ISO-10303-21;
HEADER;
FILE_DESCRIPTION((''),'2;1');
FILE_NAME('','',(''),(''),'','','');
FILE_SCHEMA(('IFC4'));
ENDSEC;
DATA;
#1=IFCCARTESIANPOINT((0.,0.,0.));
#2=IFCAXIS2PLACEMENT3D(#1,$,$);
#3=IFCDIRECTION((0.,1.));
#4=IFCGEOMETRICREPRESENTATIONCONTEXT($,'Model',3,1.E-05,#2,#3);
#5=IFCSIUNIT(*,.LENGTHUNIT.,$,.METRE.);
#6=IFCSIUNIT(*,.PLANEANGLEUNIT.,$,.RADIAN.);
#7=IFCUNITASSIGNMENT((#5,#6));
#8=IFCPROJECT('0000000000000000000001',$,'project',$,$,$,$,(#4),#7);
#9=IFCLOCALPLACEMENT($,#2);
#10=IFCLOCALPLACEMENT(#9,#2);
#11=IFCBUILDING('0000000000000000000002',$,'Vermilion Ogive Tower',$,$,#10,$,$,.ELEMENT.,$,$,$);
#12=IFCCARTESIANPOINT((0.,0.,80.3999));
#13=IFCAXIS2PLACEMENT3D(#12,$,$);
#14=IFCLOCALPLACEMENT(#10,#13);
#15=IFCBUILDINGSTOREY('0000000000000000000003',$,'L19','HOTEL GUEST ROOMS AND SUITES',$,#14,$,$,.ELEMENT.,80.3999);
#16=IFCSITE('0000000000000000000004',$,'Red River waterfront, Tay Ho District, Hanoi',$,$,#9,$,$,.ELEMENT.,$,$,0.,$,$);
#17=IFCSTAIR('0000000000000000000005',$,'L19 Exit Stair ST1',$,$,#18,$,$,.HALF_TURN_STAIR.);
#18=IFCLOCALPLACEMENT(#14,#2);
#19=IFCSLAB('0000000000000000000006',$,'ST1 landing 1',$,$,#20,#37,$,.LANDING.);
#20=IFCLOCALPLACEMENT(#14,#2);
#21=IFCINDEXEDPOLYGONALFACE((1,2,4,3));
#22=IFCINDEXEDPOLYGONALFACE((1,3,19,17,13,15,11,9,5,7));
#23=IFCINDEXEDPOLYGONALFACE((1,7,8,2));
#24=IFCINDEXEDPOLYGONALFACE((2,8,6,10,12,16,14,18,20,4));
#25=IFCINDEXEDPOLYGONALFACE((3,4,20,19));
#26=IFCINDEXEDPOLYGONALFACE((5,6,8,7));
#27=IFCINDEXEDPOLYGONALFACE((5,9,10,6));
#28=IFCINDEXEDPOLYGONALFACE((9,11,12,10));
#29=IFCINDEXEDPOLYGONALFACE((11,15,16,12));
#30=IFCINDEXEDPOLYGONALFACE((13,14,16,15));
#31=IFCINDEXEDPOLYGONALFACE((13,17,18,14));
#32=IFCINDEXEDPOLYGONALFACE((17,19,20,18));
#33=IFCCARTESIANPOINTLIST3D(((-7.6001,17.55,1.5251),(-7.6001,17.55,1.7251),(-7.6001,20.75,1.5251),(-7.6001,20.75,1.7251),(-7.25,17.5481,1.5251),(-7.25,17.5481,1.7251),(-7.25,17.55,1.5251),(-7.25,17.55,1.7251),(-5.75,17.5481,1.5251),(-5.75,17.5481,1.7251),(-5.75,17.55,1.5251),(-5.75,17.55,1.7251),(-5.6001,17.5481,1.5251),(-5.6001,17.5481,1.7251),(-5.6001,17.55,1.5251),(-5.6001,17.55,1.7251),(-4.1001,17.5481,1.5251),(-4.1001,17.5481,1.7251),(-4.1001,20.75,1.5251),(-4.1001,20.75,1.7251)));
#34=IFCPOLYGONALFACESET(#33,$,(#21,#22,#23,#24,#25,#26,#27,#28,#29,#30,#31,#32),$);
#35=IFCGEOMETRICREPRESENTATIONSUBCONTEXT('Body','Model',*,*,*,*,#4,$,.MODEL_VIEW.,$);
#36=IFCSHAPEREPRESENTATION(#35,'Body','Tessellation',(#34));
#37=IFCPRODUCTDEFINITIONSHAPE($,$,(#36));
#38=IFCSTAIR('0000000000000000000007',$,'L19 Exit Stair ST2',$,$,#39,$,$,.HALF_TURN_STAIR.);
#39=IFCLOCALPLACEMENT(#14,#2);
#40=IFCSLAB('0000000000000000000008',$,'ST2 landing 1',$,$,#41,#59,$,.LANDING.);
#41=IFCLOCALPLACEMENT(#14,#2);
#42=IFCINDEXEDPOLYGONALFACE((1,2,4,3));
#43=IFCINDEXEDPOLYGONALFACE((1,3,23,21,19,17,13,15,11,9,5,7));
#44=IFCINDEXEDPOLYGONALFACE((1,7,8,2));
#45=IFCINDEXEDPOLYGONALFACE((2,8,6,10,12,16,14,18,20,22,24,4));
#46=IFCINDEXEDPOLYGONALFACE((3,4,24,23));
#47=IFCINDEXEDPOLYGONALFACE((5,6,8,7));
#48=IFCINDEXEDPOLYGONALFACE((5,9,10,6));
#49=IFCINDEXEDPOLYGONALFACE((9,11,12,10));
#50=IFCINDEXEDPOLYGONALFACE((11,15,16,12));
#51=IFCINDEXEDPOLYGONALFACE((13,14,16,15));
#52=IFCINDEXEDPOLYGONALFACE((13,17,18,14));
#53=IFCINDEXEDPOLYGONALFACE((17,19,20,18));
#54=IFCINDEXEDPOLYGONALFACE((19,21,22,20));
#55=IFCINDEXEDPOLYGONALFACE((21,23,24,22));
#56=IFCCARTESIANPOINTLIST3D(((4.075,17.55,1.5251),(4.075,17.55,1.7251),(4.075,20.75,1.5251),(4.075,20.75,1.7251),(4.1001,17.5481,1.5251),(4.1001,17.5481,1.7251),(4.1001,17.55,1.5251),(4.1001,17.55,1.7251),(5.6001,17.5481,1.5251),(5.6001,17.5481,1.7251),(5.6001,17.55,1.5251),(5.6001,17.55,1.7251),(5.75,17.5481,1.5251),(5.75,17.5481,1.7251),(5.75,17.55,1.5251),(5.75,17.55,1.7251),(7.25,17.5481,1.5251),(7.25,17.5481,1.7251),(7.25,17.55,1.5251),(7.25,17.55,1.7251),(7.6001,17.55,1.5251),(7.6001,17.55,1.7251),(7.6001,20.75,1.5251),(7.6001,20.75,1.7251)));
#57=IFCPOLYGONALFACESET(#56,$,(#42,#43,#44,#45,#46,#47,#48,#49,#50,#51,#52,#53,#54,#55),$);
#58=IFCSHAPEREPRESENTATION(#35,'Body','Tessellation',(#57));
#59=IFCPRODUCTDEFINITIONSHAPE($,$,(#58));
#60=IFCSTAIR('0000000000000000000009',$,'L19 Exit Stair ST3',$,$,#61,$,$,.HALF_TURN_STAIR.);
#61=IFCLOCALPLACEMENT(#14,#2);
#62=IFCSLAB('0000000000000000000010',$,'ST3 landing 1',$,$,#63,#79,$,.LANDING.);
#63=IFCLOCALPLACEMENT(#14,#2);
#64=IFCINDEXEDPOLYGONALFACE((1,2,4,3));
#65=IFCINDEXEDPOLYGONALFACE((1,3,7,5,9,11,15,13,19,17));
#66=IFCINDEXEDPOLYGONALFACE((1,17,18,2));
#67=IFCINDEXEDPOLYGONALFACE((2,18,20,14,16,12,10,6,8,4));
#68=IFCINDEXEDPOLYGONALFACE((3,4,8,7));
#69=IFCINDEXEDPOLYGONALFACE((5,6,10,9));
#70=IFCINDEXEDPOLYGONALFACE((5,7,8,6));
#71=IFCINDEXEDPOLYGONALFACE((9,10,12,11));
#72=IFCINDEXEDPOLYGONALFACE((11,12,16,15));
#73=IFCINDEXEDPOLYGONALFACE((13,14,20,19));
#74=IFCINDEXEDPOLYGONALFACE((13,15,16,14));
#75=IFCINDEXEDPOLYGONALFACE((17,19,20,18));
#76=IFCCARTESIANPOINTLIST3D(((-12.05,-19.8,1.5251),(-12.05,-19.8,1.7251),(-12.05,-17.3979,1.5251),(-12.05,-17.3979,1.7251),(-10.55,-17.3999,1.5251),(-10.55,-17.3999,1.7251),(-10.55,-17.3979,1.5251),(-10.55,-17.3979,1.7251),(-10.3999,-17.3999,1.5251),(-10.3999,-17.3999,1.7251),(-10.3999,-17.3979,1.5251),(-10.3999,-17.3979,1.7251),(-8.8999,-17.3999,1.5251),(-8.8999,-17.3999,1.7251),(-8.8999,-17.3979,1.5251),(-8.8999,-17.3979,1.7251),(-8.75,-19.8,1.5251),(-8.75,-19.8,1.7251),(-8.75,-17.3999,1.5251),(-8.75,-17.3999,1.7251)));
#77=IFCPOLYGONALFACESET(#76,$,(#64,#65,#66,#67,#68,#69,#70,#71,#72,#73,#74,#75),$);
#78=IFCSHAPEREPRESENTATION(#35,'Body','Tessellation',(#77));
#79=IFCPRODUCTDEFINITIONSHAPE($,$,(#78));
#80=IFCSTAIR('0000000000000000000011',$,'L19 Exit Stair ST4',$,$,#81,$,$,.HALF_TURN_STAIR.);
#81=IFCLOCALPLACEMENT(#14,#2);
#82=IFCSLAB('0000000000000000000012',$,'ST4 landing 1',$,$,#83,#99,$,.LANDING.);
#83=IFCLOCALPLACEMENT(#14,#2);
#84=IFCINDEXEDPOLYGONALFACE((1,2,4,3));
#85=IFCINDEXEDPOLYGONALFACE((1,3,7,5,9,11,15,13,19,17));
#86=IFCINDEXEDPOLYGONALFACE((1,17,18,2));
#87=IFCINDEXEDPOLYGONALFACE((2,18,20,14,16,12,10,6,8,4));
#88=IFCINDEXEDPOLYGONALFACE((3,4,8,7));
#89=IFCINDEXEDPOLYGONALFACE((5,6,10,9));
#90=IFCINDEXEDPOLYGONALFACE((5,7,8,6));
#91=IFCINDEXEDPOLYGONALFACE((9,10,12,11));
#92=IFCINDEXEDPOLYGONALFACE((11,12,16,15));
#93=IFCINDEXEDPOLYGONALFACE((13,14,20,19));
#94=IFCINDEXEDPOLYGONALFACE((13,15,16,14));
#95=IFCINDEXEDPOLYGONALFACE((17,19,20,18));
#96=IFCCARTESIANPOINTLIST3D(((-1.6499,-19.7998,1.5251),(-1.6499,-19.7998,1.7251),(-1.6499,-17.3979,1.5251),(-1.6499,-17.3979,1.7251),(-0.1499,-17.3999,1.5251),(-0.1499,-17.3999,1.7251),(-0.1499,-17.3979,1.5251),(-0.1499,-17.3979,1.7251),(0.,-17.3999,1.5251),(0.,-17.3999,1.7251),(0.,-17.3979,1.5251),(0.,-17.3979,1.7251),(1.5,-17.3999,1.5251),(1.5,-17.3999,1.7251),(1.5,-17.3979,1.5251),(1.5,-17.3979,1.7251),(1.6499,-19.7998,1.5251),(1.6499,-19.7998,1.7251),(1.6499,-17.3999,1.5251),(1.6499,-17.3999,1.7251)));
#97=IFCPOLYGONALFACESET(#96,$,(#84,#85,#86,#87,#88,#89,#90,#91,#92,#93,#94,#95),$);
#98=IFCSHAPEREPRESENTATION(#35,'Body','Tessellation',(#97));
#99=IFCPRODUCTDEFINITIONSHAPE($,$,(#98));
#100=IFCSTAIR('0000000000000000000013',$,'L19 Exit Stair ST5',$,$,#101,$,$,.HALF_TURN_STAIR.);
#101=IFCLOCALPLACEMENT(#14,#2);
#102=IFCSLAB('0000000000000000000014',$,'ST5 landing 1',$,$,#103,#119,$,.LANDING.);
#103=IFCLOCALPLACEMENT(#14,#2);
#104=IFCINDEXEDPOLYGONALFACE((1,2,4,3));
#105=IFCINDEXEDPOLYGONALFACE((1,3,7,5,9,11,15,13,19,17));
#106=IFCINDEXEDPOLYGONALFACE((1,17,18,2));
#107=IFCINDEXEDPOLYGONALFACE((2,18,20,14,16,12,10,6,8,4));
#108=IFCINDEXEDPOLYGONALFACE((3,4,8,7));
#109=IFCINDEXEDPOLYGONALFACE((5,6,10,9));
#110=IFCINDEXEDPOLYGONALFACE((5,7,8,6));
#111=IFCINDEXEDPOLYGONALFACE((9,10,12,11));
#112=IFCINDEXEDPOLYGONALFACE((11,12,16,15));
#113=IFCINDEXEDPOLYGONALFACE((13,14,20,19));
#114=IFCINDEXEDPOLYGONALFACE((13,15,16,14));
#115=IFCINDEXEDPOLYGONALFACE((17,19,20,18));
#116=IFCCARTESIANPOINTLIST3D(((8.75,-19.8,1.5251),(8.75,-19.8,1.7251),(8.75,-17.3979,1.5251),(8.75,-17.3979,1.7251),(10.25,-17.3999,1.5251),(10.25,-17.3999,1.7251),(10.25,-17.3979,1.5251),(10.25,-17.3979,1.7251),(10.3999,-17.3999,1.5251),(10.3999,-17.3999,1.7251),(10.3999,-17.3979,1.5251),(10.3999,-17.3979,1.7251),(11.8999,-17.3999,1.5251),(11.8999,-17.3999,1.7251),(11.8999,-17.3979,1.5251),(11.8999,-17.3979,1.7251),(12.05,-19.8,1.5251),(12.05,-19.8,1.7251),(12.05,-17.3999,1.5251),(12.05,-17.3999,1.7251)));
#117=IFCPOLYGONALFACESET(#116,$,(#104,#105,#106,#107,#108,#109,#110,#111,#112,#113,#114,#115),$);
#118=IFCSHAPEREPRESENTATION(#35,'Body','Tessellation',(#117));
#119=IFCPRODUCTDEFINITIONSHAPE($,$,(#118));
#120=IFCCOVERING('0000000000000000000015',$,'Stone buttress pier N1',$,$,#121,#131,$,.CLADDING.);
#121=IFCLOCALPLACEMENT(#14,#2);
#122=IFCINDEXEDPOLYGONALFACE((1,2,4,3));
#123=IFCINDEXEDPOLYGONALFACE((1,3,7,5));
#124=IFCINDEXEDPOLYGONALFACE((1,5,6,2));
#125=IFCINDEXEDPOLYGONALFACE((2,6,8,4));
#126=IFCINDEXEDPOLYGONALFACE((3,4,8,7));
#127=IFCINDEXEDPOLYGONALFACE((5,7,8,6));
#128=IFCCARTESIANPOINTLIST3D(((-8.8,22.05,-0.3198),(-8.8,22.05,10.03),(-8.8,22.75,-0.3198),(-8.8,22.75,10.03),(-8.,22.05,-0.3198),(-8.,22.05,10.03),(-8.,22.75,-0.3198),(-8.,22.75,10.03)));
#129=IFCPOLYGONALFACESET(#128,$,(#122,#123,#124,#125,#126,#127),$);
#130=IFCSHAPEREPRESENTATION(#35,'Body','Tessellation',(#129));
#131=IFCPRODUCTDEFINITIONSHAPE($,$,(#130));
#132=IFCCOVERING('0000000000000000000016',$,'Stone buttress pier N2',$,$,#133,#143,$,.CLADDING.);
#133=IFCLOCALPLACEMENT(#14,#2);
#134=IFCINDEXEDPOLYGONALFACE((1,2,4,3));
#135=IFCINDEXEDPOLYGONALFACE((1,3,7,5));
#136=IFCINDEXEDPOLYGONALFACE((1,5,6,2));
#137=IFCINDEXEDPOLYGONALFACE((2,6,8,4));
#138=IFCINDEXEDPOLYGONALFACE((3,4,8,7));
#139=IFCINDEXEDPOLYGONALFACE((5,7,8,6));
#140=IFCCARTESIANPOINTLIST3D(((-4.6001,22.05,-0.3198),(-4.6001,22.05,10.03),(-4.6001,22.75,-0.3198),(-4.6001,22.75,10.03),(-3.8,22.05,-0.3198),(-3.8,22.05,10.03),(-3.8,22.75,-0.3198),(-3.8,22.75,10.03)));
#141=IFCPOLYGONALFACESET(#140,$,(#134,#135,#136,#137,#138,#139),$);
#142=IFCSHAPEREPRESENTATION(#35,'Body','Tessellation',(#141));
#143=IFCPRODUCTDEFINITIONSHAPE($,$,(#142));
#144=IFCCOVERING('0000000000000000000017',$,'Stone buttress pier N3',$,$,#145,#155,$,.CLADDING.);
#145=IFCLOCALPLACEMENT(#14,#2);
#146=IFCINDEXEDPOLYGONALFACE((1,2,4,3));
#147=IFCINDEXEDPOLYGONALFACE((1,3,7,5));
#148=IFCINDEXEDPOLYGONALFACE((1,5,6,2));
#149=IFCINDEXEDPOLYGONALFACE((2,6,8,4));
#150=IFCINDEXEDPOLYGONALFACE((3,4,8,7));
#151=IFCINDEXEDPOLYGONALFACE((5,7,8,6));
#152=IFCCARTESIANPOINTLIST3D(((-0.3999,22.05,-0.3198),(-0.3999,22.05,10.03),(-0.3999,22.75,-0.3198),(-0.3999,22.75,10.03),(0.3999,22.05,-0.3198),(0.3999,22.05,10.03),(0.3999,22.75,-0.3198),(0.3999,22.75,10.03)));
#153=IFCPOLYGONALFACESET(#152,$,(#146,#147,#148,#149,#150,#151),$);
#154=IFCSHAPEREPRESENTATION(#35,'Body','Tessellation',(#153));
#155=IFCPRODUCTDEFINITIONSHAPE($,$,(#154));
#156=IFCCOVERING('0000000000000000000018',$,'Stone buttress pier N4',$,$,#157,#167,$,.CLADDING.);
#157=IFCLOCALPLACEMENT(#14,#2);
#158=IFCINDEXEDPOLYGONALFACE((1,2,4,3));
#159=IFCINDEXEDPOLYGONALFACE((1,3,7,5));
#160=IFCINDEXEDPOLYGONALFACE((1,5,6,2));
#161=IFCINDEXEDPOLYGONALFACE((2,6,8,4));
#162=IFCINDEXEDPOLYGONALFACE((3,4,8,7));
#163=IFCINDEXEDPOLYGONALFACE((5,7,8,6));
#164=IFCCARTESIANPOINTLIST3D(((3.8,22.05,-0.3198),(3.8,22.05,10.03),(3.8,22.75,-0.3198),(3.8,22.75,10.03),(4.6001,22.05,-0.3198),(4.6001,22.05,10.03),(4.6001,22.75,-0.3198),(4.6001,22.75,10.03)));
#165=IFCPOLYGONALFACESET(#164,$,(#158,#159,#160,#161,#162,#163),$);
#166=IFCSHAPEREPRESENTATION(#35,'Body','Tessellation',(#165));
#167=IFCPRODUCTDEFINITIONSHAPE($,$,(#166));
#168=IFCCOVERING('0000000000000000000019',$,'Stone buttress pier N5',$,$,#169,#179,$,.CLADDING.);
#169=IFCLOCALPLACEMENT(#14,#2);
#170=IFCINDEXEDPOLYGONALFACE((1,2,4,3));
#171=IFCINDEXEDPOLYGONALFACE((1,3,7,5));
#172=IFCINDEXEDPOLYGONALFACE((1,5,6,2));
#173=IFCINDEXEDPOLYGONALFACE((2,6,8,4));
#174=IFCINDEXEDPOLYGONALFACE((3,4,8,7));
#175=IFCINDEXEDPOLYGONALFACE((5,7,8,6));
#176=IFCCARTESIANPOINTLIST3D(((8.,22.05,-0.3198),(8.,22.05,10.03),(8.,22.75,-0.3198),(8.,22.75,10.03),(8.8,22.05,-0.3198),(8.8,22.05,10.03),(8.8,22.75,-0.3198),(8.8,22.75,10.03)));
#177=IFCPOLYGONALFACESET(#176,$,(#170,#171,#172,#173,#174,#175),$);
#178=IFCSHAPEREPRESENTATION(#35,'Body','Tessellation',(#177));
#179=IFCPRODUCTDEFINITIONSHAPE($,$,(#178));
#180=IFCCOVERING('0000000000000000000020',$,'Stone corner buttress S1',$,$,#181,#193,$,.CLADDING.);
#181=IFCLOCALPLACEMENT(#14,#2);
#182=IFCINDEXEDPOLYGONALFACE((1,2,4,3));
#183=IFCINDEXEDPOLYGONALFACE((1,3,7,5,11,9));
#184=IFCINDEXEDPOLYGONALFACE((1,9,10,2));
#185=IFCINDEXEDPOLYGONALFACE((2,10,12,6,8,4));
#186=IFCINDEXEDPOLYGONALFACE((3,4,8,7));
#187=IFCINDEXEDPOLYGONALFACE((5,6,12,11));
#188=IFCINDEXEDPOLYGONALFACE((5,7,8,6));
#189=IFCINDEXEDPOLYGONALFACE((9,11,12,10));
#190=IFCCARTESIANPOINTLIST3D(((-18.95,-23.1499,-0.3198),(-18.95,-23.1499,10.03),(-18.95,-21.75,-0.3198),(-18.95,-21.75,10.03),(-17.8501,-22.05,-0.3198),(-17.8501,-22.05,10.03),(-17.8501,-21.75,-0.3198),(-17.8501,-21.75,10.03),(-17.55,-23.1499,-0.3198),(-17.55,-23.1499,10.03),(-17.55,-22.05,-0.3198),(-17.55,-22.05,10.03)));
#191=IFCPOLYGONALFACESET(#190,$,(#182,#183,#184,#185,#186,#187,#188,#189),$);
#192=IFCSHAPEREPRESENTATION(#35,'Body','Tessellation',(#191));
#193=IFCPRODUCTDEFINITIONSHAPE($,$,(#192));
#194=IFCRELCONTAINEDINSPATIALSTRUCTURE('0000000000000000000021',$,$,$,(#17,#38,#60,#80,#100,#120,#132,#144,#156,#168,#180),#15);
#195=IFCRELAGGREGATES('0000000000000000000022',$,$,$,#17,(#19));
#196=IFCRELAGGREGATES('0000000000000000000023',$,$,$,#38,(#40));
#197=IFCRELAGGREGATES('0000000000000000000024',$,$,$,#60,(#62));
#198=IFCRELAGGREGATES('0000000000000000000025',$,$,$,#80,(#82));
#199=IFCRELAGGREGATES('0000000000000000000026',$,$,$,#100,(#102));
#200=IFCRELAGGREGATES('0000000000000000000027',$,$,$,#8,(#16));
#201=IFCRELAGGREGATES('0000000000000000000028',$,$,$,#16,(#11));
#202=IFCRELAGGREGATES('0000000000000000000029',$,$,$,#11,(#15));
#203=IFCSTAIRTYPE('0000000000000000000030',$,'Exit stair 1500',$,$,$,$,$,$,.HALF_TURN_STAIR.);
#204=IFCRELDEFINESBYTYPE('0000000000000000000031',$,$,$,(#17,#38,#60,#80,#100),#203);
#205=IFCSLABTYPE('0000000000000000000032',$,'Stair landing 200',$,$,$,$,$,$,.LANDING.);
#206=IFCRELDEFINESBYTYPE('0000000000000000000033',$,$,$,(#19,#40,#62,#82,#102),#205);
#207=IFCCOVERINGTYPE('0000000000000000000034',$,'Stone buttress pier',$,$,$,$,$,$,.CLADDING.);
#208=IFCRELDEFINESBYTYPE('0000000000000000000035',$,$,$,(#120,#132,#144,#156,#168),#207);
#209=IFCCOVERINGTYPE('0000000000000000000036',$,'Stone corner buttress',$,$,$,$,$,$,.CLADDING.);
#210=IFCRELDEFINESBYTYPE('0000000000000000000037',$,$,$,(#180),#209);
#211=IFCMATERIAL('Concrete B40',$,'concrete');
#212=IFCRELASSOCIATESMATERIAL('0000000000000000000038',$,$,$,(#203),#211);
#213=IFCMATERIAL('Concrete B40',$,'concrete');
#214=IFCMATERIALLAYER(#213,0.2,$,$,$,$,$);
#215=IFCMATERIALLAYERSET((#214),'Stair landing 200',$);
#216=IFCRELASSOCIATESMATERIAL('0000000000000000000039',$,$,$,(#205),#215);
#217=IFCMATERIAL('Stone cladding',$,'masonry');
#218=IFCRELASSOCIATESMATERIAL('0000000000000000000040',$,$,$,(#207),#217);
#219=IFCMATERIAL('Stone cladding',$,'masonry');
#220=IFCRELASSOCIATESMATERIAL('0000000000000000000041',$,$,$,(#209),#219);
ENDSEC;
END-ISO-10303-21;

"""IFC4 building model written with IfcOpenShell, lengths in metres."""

from ifc_helpers import new_model, si_unit, direction, frame, origin, place, context, subcontext, project, spatial, polyline, outline, extrude, material, layer, layer_set, type_object, element, aggregate, save


model = new_model("IFC4")

# Units and contexts
model_context = context("Model", 3, precision=1e-05, world=origin(), true_north=direction((0.0, 1.0)))
body_context = subcontext(model_context, "Body", "Model", "MODEL_VIEW")
ifc_project = project(units=[si_unit("LENGTHUNIT", "METRE"), si_unit("PLANEANGLEUNIT", "RADIAN")], contexts=[model_context])

# Site, building, storey
site_placement = place(None, origin())
site = spatial("IfcSite", under=ifc_project, at=site_placement, Name="Red River waterfront, Tay Ho District, Hanoi", CompositionType="ELEMENT", RefElevation=0.0)
building_placement = place(site_placement, origin())
building = spatial("IfcBuilding", under=site, at=building_placement, Name="Vermilion Ogive Tower", CompositionType="ELEMENT")
storey_placement = place(building_placement, frame((0.0, 0.0, 80.3999)))
storey = spatial("IfcBuildingStorey", under=building, at=storey_placement, Name="L19", Description="HOTEL GUEST ROOMS AND SUITES", CompositionType="ELEMENT", Elevation=80.3999)

# Stairs, slabs
ifc_material_1 = material(Name="Concrete B40", Category="concrete")
stair_type = type_object("IfcStairType", Name="Exit stair 1500", PredefinedType="HALF_TURN_STAIR", material=ifc_material_1)
stair_1_placement = place(storey_placement, origin())
stair_1 = element("IfcStair", 1, at=stair_1_placement, inside=storey, type_object=stair_type, Name="L19 Exit Stair ST1", PredefinedType="HALF_TURN_STAIR")
ifc_material_2 = material(Name="Concrete B40", Category="concrete")
ifc_layer = layer(ifc_material_2, 0.2)
ifc_layer_set = layer_set([ifc_layer], Name="Stair landing 200")
slab_type = type_object("IfcSlabType", Name="Stair landing 200", PredefinedType="LANDING", material=ifc_layer_set)
slab_1_placement = place(storey_placement, frame((0.0, 0.0, 1.5251)))
slab_1 = element("IfcSlab", 2, at=slab_1_placement, type_object=slab_type, Name="ST1 landing 1", PredefinedType="LANDING", context=body_context, shape_type="SweptSolid", body=[
    extrude(outline(polyline([(-7.6001, 17.55), (-7.25, 17.55), (-7.25, 17.5481), (-5.75, 17.5481), (-5.75, 17.55), (-5.6001, 17.55), (-5.6001, 17.5481), (-4.1001, 17.5481), (-4.1001, 20.75), (-7.6001, 20.75), (-7.6001, 17.55)])), origin(), (0.0, 0.0, 1.0), 0.2),
])
aggregate(stair_1, [slab_1])
stair_2_placement = place(storey_placement, origin())
stair_2 = element("IfcStair", 3, at=stair_2_placement, inside=storey, type_object=stair_type, Name="L19 Exit Stair ST2", PredefinedType="HALF_TURN_STAIR")
slab_2_placement = place(storey_placement, frame((0.0, 0.0, 1.5251)))
slab_2 = element("IfcSlab", 4, at=slab_2_placement, type_object=slab_type, Name="ST2 landing 1", PredefinedType="LANDING", context=body_context, shape_type="SweptSolid", body=[
    extrude(outline(polyline([(5.6001, 17.55), (5.75, 17.55), (5.75, 17.5481), (7.25, 17.5481), (7.25, 17.55), (7.6001, 17.55), (7.6001, 20.75), (4.075, 20.75), (4.075, 17.55), (4.1001, 17.55), (4.1001, 17.5481), (5.6001, 17.5481), (5.6001, 17.55)])), origin(), (0.0, 0.0, 1.0), 0.2),
])
aggregate(stair_2, [slab_2])
stair_3_placement = place(storey_placement, origin())
stair_3 = element("IfcStair", 5, at=stair_3_placement, inside=storey, type_object=stair_type, Name="L19 Exit Stair ST3", PredefinedType="HALF_TURN_STAIR")
slab_3_placement = place(storey_placement, frame((0.0, 0.0, 1.5251)))
slab_3 = element("IfcSlab", 6, at=slab_3_placement, type_object=slab_type, Name="ST3 landing 1", PredefinedType="LANDING", context=body_context, shape_type="SweptSolid", body=[
    extrude(outline(polyline([(-8.75, -17.3999), (-8.8999, -17.3999), (-8.8999, -17.3979), (-10.3999, -17.3979), (-10.3999, -17.3999), (-10.55, -17.3999), (-10.55, -17.3979), (-12.05, -17.3979), (-12.05, -19.8), (-8.75, -19.8), (-8.75, -17.3999)])), origin(), (0.0, 0.0, 1.0), 0.2),
])
aggregate(stair_3, [slab_3])
stair_4_placement = place(storey_placement, origin())
stair_4 = element("IfcStair", 7, at=stair_4_placement, inside=storey, type_object=stair_type, Name="L19 Exit Stair ST4", PredefinedType="HALF_TURN_STAIR")
slab_4_placement = place(storey_placement, frame((0.0, 0.0, 1.5251)))
slab_4 = element("IfcSlab", 8, at=slab_4_placement, type_object=slab_type, Name="ST4 landing 1", PredefinedType="LANDING", context=body_context, shape_type="SweptSolid", body=[
    extrude(outline(polyline([(1.6499, -17.3999), (1.5, -17.3999), (1.5, -17.3979), (0.0, -17.3979), (0.0, -17.3999), (-0.1499, -17.3999), (-0.1499, -17.3979), (-1.6499, -17.3979), (-1.6499, -19.7998), (1.6499, -19.7998), (1.6499, -17.3999)])), origin(), (0.0, 0.0, 1.0), 0.2),
])
aggregate(stair_4, [slab_4])
stair_5_placement = place(storey_placement, origin())
stair_5 = element("IfcStair", 9, at=stair_5_placement, inside=storey, type_object=stair_type, Name="L19 Exit Stair ST5", PredefinedType="HALF_TURN_STAIR")
slab_5_placement = place(storey_placement, frame((0.0, 0.0, 1.5251)))
slab_5 = element("IfcSlab", 10, at=slab_5_placement, type_object=slab_type, Name="ST5 landing 1", PredefinedType="LANDING", context=body_context, shape_type="SweptSolid", body=[
    extrude(outline(polyline([(12.05, -17.3999), (11.8999, -17.3999), (11.8999, -17.3979), (10.3999, -17.3979), (10.3999, -17.3999), (10.25, -17.3999), (10.25, -17.3979), (8.75, -17.3979), (8.75, -19.8), (12.05, -19.8), (12.05, -17.3999)])), origin(), (0.0, 0.0, 1.0), 0.2),
])
aggregate(stair_5, [slab_5])

# Coverings
ifc_material_3 = material(Name="Stone cladding", Category="masonry")
covering_type_1 = type_object("IfcCoveringType", Name="Stone buttress pier", PredefinedType="CLADDING", material=ifc_material_3)
covering_1_placement = place(storey_placement, frame((0.0, 0.0, -0.3198)))
element("IfcCovering", 11, at=covering_1_placement, inside=storey, type_object=covering_type_1, Name="Stone buttress pier N1", PredefinedType="CLADDING", context=body_context, shape_type="SweptSolid", body=[
    extrude(outline(polyline([(-8.0, 22.75), (-8.0, 22.05), (-8.8, 22.05), (-8.8, 22.75), (-8.0, 22.75)])), origin(), (0.0, 0.0, 1.0), 10.3499),
])
covering_2_placement = place(storey_placement, frame((0.0, 0.0, -0.3198)))
element("IfcCovering", 12, at=covering_2_placement, inside=storey, type_object=covering_type_1, Name="Stone buttress pier N2", PredefinedType="CLADDING", context=body_context, shape_type="SweptSolid", body=[
    extrude(outline(polyline([(-3.8, 22.75), (-3.8, 22.05), (-4.6001, 22.05), (-4.6001, 22.75), (-3.8, 22.75)])), origin(), (0.0, 0.0, 1.0), 10.3499),
])
covering_3_placement = place(storey_placement, frame((0.0, 0.0, -0.3198)))
element("IfcCovering", 13, at=covering_3_placement, inside=storey, type_object=covering_type_1, Name="Stone buttress pier N3", PredefinedType="CLADDING", context=body_context, shape_type="SweptSolid", body=[
    extrude(outline(polyline([(0.3999, 22.75), (0.3999, 22.05), (-0.3999, 22.05), (-0.3999, 22.75), (0.3999, 22.75)])), origin(), (0.0, 0.0, 1.0), 10.3499),
])
covering_4_placement = place(storey_placement, frame((0.0, 0.0, -0.3198)))
element("IfcCovering", 14, at=covering_4_placement, inside=storey, type_object=covering_type_1, Name="Stone buttress pier N4", PredefinedType="CLADDING", context=body_context, shape_type="SweptSolid", body=[
    extrude(outline(polyline([(4.6001, 22.75), (4.6001, 22.05), (3.8, 22.05), (3.8, 22.75), (4.6001, 22.75)])), origin(), (0.0, 0.0, 1.0), 10.3499),
])
covering_5_placement = place(storey_placement, frame((0.0, 0.0, -0.3198)))
element("IfcCovering", 15, at=covering_5_placement, inside=storey, type_object=covering_type_1, Name="Stone buttress pier N5", PredefinedType="CLADDING", context=body_context, shape_type="SweptSolid", body=[
    extrude(outline(polyline([(8.8, 22.75), (8.8, 22.05), (8.0, 22.05), (8.0, 22.75), (8.8, 22.75)])), origin(), (0.0, 0.0, 1.0), 10.3499),
])
ifc_material_4 = material(Name="Stone cladding", Category="masonry")
covering_type_2 = type_object("IfcCoveringType", Name="Stone corner buttress", PredefinedType="CLADDING", material=ifc_material_4)
covering_6_placement = place(storey_placement, frame((0.0, 0.0, -0.3198)))
element("IfcCovering", 16, at=covering_6_placement, inside=storey, type_object=covering_type_2, Name="Stone corner buttress S1", PredefinedType="CLADDING", context=body_context, shape_type="SweptSolid", body=[
    extrude(outline(polyline([(-17.8501, -22.05), (-17.55, -22.05), (-17.55, -23.1499), (-18.95, -23.1499), (-18.95, -21.75), (-17.8501, -21.75), (-17.8501, -22.05)])), origin(), (0.0, 0.0, 1.0), 10.3499),
])

save(model, "model.ifc")
